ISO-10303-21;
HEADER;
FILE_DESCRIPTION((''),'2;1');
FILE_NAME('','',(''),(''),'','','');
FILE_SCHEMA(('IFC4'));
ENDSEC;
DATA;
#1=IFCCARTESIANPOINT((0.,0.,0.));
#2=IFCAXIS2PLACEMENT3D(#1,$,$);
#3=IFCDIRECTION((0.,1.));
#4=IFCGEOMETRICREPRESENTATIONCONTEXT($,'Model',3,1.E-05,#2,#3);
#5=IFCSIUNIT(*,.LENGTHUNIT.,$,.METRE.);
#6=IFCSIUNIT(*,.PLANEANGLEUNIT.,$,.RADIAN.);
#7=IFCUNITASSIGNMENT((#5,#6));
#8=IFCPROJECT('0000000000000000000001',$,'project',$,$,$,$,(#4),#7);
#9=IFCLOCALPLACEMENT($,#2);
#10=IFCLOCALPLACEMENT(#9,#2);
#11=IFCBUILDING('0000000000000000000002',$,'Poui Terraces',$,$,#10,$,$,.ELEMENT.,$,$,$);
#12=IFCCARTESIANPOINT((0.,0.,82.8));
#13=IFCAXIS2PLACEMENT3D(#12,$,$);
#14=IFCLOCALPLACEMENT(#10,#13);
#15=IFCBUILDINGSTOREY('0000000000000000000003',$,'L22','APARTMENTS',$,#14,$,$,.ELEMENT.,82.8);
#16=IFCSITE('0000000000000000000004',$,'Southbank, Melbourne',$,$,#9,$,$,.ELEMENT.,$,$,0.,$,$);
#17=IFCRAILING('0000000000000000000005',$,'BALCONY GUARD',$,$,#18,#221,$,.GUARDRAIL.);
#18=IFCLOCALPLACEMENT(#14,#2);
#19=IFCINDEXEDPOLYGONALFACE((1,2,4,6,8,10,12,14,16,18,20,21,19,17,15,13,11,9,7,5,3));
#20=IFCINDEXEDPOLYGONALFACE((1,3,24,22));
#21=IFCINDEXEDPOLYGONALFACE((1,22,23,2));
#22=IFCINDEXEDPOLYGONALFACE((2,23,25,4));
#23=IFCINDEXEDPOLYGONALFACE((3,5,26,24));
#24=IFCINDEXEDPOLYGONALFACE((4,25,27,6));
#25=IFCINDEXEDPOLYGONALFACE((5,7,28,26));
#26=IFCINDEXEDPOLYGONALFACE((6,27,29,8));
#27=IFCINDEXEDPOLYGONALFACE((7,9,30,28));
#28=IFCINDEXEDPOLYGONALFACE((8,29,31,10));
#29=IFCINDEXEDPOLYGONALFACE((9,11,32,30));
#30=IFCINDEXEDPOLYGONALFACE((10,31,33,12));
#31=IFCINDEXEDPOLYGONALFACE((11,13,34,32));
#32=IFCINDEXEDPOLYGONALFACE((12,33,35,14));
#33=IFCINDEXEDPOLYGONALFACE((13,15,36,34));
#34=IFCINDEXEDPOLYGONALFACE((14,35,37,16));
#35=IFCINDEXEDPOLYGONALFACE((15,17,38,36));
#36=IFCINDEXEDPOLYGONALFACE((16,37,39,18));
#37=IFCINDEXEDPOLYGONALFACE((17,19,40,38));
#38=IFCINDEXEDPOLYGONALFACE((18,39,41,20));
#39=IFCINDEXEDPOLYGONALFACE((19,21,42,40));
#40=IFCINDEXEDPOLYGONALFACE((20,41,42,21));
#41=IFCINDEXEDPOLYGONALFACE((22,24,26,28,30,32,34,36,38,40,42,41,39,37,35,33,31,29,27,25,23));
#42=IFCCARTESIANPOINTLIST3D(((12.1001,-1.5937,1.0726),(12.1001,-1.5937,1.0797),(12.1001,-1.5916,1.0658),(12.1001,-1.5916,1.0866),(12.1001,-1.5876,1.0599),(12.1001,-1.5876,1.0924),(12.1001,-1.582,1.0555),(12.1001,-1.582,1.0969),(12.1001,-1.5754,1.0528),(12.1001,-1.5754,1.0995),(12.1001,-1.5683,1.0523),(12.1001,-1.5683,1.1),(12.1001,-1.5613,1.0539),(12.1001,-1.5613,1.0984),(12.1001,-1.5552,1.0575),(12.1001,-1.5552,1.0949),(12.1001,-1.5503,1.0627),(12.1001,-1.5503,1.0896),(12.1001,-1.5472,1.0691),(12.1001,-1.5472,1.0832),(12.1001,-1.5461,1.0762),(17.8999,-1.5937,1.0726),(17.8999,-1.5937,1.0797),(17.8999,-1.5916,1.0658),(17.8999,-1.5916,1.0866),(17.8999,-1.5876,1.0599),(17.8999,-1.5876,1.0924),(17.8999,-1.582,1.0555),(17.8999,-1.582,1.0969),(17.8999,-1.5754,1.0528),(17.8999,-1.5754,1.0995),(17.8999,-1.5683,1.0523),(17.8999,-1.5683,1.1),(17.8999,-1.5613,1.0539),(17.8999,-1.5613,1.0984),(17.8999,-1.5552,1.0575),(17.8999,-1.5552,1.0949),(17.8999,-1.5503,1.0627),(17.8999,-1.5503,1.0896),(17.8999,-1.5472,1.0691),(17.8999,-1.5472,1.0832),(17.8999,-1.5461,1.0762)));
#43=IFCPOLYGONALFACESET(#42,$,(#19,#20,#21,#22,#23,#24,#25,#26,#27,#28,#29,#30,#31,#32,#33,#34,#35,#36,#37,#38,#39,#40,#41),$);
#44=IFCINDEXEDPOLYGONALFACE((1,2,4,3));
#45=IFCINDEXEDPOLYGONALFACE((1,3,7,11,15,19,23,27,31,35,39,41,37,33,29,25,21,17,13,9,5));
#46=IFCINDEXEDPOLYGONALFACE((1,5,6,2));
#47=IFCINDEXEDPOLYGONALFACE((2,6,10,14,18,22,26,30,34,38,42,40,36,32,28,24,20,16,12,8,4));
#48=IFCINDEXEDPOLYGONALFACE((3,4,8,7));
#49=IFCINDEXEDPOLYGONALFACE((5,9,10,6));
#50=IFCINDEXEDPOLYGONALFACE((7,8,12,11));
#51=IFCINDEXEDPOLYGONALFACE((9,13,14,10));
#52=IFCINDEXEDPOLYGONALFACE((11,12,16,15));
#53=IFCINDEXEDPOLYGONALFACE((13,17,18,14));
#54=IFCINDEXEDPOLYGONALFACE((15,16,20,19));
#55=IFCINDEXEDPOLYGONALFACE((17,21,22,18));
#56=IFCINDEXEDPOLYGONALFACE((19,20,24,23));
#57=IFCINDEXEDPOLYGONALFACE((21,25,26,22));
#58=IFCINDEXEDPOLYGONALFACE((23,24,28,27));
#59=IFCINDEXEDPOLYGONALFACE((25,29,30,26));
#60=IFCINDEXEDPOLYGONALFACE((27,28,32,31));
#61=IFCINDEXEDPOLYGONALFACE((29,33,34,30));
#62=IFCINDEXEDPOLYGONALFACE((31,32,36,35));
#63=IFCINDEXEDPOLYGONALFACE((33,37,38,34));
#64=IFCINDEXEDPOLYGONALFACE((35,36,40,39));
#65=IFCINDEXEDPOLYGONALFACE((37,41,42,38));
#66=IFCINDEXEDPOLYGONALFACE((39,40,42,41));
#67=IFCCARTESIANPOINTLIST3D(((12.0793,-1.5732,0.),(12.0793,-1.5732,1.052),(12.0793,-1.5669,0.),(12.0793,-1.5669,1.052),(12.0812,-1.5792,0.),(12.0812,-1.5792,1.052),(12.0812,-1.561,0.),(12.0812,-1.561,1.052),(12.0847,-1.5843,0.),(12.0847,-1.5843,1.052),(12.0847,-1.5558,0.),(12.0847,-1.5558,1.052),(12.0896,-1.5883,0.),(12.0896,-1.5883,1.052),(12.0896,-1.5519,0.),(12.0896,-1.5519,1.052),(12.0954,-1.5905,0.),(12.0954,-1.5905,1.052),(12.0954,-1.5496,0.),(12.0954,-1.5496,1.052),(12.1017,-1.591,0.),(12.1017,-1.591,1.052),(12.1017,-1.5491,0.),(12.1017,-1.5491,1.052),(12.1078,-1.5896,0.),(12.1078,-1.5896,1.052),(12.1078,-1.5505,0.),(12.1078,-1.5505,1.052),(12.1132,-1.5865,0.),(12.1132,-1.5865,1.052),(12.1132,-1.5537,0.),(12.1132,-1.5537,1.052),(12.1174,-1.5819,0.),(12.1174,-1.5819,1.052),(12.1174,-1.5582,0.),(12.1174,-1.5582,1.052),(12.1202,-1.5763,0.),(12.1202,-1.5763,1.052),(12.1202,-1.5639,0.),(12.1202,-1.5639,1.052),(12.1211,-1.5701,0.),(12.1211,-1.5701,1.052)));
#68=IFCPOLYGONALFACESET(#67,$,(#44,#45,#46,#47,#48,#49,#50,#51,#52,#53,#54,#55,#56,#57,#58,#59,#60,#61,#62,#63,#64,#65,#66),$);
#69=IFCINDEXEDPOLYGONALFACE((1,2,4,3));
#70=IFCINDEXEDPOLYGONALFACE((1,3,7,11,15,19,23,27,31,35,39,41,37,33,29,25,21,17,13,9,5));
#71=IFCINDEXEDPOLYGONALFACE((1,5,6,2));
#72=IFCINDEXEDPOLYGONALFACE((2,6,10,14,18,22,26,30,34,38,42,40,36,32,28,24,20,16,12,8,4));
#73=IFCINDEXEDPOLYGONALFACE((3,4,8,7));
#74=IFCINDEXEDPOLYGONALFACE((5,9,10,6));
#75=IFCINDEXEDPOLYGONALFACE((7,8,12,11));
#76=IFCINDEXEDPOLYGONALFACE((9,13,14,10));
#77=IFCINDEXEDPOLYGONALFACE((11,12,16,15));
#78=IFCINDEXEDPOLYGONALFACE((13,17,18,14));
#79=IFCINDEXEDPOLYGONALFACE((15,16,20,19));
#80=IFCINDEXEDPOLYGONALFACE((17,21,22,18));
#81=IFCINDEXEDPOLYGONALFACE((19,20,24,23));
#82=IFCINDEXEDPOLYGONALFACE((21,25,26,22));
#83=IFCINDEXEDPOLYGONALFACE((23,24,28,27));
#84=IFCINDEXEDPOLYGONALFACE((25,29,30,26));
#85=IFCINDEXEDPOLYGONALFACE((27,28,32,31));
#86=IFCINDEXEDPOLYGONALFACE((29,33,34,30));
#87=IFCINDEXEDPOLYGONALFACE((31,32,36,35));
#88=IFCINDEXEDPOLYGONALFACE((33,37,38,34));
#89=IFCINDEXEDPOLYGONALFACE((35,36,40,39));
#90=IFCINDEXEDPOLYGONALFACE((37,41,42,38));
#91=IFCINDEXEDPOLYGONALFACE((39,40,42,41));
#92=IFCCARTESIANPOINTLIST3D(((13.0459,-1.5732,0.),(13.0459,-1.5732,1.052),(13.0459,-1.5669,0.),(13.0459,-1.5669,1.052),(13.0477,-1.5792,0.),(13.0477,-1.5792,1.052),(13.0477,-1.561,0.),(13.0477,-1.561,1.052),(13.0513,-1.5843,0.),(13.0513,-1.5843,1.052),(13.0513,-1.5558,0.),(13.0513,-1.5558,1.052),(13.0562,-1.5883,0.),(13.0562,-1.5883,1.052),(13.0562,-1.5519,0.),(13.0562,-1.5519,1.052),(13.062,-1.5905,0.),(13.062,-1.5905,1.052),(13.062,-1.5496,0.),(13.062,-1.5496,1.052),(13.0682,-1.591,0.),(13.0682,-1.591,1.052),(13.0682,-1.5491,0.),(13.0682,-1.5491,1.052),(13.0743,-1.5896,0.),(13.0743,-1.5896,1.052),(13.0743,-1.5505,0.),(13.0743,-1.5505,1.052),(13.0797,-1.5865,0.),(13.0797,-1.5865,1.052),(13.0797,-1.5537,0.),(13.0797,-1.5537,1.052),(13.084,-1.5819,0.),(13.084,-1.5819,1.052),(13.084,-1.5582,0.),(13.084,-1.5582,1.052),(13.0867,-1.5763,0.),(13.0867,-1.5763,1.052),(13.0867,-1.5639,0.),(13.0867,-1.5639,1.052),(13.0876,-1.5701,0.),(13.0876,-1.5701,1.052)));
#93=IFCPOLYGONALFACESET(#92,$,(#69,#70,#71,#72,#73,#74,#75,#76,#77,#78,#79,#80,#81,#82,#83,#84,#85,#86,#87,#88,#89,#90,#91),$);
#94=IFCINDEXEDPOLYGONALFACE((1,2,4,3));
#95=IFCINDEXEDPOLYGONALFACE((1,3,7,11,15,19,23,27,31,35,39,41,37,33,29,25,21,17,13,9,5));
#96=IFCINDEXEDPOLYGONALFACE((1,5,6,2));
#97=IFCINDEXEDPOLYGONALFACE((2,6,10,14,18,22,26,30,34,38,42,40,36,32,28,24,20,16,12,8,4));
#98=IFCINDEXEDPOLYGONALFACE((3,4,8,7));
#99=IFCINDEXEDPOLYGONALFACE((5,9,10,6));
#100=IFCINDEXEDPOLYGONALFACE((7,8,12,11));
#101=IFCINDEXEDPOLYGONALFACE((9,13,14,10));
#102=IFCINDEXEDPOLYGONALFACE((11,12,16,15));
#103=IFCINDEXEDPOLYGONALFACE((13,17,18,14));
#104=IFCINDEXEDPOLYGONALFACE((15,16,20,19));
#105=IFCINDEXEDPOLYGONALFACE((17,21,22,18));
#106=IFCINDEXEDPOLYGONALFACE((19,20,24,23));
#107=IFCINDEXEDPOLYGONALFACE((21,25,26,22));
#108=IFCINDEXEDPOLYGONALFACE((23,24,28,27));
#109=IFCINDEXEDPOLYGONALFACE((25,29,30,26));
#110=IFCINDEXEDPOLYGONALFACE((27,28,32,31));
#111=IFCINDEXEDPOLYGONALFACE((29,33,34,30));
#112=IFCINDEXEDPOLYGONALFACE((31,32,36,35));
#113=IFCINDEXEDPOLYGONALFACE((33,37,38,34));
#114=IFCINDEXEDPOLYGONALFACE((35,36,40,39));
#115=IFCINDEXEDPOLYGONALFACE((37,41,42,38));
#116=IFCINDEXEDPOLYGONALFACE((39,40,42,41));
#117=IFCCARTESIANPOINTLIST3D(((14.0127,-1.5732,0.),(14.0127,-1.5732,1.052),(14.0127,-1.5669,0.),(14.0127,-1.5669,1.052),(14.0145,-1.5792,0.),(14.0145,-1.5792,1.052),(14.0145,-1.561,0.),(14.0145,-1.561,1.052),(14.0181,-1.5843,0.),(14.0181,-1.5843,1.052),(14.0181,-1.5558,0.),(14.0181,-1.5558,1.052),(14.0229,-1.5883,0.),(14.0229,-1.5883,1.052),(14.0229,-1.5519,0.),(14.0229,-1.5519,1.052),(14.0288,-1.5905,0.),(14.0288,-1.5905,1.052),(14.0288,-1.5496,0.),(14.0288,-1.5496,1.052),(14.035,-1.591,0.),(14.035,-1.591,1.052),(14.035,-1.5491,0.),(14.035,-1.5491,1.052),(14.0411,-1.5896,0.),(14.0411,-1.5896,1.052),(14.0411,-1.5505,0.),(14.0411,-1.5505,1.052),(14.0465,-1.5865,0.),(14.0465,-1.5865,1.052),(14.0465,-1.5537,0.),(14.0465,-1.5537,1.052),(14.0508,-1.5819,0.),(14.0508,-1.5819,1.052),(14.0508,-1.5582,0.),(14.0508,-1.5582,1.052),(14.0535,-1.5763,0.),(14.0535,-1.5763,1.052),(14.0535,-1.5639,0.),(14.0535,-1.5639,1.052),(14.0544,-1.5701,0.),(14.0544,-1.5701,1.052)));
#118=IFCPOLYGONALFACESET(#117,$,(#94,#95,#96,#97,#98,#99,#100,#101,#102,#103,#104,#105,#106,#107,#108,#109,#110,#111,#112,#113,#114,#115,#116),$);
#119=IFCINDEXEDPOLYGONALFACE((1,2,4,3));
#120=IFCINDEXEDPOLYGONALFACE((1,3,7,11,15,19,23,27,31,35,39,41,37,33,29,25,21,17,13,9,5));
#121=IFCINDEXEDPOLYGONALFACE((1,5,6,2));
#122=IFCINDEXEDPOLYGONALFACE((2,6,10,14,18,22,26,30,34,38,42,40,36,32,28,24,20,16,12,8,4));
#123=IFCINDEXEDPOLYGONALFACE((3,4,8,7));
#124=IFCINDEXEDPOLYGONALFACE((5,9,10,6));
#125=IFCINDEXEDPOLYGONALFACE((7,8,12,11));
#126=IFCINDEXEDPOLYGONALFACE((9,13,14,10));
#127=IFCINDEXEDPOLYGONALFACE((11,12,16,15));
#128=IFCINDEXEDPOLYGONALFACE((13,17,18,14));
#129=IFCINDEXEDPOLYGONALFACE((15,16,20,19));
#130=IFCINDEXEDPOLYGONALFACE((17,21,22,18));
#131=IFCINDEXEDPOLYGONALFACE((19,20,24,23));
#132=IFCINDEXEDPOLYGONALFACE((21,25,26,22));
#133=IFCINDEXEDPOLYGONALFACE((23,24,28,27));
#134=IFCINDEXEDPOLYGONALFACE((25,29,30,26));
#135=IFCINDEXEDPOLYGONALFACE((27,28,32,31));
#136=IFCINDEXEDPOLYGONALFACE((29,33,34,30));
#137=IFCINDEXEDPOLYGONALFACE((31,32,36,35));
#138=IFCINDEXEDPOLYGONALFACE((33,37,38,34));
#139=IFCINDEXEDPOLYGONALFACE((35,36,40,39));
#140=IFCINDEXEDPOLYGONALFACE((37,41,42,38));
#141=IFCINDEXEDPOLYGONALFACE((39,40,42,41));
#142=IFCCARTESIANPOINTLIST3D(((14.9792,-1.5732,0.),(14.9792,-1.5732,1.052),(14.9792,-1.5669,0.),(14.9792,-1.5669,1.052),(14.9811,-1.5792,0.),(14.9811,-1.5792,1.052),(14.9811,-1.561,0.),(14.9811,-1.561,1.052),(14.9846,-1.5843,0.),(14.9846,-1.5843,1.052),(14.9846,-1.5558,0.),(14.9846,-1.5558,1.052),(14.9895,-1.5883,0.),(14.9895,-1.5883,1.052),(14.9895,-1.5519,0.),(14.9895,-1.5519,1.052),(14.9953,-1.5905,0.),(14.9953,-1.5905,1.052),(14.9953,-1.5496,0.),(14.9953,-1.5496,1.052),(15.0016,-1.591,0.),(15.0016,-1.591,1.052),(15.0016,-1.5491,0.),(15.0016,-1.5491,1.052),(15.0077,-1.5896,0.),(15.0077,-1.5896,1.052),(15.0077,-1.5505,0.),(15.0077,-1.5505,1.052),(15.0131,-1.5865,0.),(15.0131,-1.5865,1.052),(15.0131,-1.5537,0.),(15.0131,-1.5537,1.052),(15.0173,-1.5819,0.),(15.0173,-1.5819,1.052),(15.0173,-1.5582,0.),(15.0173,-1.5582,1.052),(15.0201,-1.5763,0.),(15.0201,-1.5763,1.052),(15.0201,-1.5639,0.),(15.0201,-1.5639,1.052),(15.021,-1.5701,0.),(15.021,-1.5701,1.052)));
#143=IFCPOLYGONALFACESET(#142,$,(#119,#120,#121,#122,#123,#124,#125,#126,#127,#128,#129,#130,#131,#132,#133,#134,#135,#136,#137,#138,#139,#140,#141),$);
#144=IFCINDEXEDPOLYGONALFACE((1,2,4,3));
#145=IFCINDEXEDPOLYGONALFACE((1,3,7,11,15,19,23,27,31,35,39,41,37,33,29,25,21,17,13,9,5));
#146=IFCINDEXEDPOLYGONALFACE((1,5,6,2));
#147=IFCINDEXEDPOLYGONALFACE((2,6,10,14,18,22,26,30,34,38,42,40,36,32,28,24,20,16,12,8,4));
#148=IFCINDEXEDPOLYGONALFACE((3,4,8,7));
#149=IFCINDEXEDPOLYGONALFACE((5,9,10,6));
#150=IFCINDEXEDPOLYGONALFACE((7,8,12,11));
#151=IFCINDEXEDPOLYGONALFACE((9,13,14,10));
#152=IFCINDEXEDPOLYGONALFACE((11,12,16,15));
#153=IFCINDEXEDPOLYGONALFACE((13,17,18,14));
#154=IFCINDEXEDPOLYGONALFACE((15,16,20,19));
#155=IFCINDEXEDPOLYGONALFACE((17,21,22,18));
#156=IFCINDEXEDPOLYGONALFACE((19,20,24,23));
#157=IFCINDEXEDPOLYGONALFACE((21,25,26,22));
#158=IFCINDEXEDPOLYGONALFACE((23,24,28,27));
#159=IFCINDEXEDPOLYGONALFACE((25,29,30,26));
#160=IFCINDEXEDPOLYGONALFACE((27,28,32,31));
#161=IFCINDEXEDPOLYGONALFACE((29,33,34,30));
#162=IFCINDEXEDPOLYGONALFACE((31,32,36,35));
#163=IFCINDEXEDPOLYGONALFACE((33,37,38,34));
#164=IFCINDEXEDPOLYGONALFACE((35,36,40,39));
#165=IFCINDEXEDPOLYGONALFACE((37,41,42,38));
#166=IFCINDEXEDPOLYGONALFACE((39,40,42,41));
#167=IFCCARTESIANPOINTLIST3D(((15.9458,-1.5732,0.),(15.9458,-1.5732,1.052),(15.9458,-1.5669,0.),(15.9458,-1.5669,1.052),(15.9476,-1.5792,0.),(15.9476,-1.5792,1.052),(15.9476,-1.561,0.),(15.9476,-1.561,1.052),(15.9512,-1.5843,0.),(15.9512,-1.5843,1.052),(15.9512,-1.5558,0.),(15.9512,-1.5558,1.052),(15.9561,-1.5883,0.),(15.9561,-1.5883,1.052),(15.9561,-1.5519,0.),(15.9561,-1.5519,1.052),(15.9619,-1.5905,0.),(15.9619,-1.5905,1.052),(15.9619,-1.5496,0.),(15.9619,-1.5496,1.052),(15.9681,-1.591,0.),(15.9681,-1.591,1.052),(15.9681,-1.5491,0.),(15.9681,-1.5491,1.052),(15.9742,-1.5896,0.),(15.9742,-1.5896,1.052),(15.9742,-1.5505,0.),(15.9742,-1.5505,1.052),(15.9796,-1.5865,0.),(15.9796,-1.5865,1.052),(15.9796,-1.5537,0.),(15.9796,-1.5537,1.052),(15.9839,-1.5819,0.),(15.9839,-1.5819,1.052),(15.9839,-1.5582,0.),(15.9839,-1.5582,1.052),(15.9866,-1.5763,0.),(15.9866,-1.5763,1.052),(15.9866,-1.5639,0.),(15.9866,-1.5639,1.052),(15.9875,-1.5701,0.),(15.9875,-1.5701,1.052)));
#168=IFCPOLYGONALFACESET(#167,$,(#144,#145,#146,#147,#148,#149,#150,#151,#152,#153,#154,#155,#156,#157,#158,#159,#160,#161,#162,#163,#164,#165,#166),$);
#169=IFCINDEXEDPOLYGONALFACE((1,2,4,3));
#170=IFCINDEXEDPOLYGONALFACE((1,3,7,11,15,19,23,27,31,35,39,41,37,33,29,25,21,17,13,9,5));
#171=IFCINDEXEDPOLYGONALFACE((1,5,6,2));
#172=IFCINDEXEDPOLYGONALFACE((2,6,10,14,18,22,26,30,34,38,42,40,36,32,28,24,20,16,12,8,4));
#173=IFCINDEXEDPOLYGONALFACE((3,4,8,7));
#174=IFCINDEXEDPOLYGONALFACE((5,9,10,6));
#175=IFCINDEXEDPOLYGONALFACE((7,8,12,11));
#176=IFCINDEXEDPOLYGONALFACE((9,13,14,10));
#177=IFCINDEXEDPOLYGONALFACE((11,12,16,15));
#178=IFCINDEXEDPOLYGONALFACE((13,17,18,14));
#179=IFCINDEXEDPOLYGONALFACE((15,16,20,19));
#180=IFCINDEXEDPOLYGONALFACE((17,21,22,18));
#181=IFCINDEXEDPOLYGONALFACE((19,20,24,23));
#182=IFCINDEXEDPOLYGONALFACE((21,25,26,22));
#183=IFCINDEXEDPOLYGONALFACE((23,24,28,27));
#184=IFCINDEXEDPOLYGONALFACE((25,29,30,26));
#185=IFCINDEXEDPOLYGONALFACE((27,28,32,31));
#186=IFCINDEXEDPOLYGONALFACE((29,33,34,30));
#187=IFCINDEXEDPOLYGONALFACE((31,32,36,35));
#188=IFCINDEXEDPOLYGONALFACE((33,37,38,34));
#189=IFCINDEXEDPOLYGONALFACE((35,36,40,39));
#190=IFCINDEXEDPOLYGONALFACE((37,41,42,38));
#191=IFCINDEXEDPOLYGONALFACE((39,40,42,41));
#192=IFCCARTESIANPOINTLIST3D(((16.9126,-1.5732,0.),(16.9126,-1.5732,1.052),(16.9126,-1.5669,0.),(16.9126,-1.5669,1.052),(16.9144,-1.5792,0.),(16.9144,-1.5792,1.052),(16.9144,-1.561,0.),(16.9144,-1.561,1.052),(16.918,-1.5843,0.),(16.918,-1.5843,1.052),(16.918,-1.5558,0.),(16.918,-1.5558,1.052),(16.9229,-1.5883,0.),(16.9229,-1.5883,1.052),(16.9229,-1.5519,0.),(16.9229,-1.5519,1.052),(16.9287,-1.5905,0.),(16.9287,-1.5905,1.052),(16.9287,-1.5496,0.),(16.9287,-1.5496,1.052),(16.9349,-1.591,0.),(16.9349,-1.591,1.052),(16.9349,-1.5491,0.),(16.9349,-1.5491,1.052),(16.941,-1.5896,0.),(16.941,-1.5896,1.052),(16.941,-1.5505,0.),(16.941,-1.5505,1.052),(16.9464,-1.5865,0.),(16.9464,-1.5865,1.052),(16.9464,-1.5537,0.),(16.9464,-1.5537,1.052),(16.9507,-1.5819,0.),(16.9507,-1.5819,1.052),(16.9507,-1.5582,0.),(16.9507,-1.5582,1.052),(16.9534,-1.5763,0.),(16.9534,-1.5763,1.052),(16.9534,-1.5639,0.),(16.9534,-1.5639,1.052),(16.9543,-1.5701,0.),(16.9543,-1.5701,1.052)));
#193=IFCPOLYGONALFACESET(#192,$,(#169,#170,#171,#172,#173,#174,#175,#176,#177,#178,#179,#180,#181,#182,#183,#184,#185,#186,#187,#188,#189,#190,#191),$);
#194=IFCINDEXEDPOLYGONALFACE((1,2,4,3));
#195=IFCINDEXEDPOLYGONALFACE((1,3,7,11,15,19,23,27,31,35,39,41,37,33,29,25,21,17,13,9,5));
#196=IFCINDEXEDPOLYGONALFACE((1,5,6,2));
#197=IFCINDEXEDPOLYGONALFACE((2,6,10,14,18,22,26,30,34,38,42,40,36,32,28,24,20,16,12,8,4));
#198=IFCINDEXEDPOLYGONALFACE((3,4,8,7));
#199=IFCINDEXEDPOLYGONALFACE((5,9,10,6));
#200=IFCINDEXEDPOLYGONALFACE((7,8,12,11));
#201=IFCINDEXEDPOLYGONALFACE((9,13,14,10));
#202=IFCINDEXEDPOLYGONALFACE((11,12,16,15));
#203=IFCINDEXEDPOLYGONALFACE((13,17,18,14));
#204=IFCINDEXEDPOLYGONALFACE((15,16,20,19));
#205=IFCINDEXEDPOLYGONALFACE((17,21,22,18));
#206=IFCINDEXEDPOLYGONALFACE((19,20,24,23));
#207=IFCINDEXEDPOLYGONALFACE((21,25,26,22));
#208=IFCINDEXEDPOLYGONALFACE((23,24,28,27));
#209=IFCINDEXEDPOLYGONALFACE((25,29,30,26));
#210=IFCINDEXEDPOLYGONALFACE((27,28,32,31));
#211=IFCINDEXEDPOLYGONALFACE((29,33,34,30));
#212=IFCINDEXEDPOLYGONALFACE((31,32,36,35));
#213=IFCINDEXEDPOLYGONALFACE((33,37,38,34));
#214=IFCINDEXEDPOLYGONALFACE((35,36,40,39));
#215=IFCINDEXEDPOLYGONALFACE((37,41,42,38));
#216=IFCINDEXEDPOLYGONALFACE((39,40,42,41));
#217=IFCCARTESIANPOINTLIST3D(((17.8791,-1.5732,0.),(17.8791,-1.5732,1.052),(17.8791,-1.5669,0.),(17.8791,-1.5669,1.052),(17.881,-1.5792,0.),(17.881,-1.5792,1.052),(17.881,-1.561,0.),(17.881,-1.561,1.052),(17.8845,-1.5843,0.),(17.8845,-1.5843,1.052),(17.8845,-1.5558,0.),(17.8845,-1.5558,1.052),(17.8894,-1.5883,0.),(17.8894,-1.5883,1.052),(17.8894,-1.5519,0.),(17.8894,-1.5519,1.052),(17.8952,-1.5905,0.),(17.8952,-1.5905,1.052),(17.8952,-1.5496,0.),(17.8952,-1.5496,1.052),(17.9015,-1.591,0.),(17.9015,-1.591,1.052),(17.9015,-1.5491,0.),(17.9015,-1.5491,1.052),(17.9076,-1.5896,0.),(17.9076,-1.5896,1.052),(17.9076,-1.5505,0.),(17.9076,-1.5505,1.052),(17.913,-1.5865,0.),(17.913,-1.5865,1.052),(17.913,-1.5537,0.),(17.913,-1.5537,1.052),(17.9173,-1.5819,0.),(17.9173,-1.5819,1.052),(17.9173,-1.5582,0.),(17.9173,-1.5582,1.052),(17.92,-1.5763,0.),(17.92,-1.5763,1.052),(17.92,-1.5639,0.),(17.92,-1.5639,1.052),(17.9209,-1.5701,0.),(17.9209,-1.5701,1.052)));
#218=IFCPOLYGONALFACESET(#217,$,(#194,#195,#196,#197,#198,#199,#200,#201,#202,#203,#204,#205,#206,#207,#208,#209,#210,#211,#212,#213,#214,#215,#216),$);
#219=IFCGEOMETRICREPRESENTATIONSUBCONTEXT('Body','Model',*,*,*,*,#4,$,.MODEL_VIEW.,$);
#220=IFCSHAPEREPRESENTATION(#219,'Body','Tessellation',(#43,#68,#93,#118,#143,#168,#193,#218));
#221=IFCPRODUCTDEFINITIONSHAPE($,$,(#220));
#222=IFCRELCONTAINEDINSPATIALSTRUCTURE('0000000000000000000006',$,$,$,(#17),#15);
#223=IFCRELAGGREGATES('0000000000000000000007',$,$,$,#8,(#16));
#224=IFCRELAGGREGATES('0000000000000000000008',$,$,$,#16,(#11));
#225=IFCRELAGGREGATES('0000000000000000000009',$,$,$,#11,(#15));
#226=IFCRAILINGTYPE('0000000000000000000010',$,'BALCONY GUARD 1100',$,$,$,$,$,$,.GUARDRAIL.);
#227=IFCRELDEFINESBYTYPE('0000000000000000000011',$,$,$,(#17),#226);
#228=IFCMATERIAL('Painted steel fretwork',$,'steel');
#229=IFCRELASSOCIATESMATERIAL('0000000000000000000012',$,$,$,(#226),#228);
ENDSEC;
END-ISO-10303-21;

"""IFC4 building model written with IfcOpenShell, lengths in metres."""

from ifc_helpers import new_model, si_unit, direction, frame, origin, origin_2d, place, context, subcontext, project, spatial, circle, extrude, material, type_object, element, save


model = new_model("IFC4")

# Units and contexts
model_context = context("Model", 3, precision=1e-05, world=origin(), true_north=direction((0.0, 1.0)))
body_context = subcontext(model_context, "Body", "Model", "MODEL_VIEW")
ifc_project = project(units=[si_unit("LENGTHUNIT", "METRE"), si_unit("PLANEANGLEUNIT", "RADIAN")], contexts=[model_context])

# Site, building, storey
site_placement = place(None, origin())
site = spatial("IfcSite", under=ifc_project, at=site_placement, Name="Southbank, Melbourne", CompositionType="ELEMENT", RefElevation=0.0)
building_placement = place(site_placement, origin())
building = spatial("IfcBuilding", under=site, at=building_placement, Name="Poui Terraces", CompositionType="ELEMENT")
storey_placement = place(building_placement, frame((0.0, 0.0, 82.8)))
storey = spatial("IfcBuildingStorey", under=building, at=storey_placement, Name="L22", Description="APARTMENTS", CompositionType="ELEMENT", Elevation=82.8)

# Railing
ifc_material_1 = material(Name="Painted steel fretwork", Category="steel")
railing_type = type_object("IfcRailingType", Name="BALCONY GUARD 1100", PredefinedType="GUARDRAIL", material=ifc_material_1)
railing_placement = place(storey_placement, frame((12.1001, -1.5701, 0.0)))
element("IfcRailing", 1, at=railing_placement, inside=storey, type_object=railing_type, Name="BALCONY GUARD", PredefinedType="GUARDRAIL", context=body_context, shape_type="SweptSolid", body=[
    extrude(circle(Radius=0.0239, at=origin_2d()), frame((0.0, 0.0, 1.0762), z_axis=(1.0, 0.0, 0.0), x_axis=(0.0, 1.0, 0.0)), (0.0, 0.0, 1.0), 5.7998),
    extrude(circle(Radius=0.021, at=origin_2d()), origin(), (0.0, 0.0, 1.0), 1.052),
    extrude(circle(Radius=0.021, at=origin_2d()), frame((0.9666, 0.0, 0.0)), (0.0, 0.0, 1.0), 1.052),
    extrude(circle(Radius=0.021, at=origin_2d()), frame((1.9333, 0.0, 0.0)), (0.0, 0.0, 1.0), 1.052),
    extrude(circle(Radius=0.021, at=origin_2d()), frame((2.8999, 0.0, 0.0)), (0.0, 0.0, 1.0), 1.052),
    extrude(circle(Radius=0.021, at=origin_2d()), frame((3.8665, 0.0, 0.0)), (0.0, 0.0, 1.0), 1.052),
    extrude(circle(Radius=0.021, at=origin_2d()), frame((4.8333, 0.0, 0.0)), (0.0, 0.0, 1.0), 1.052),
    extrude(circle(Radius=0.021, at=origin_2d()), frame((5.7998, 0.0, 0.0)), (0.0, 0.0, 1.0), 1.052),
])

save(model, "model.ifc")
